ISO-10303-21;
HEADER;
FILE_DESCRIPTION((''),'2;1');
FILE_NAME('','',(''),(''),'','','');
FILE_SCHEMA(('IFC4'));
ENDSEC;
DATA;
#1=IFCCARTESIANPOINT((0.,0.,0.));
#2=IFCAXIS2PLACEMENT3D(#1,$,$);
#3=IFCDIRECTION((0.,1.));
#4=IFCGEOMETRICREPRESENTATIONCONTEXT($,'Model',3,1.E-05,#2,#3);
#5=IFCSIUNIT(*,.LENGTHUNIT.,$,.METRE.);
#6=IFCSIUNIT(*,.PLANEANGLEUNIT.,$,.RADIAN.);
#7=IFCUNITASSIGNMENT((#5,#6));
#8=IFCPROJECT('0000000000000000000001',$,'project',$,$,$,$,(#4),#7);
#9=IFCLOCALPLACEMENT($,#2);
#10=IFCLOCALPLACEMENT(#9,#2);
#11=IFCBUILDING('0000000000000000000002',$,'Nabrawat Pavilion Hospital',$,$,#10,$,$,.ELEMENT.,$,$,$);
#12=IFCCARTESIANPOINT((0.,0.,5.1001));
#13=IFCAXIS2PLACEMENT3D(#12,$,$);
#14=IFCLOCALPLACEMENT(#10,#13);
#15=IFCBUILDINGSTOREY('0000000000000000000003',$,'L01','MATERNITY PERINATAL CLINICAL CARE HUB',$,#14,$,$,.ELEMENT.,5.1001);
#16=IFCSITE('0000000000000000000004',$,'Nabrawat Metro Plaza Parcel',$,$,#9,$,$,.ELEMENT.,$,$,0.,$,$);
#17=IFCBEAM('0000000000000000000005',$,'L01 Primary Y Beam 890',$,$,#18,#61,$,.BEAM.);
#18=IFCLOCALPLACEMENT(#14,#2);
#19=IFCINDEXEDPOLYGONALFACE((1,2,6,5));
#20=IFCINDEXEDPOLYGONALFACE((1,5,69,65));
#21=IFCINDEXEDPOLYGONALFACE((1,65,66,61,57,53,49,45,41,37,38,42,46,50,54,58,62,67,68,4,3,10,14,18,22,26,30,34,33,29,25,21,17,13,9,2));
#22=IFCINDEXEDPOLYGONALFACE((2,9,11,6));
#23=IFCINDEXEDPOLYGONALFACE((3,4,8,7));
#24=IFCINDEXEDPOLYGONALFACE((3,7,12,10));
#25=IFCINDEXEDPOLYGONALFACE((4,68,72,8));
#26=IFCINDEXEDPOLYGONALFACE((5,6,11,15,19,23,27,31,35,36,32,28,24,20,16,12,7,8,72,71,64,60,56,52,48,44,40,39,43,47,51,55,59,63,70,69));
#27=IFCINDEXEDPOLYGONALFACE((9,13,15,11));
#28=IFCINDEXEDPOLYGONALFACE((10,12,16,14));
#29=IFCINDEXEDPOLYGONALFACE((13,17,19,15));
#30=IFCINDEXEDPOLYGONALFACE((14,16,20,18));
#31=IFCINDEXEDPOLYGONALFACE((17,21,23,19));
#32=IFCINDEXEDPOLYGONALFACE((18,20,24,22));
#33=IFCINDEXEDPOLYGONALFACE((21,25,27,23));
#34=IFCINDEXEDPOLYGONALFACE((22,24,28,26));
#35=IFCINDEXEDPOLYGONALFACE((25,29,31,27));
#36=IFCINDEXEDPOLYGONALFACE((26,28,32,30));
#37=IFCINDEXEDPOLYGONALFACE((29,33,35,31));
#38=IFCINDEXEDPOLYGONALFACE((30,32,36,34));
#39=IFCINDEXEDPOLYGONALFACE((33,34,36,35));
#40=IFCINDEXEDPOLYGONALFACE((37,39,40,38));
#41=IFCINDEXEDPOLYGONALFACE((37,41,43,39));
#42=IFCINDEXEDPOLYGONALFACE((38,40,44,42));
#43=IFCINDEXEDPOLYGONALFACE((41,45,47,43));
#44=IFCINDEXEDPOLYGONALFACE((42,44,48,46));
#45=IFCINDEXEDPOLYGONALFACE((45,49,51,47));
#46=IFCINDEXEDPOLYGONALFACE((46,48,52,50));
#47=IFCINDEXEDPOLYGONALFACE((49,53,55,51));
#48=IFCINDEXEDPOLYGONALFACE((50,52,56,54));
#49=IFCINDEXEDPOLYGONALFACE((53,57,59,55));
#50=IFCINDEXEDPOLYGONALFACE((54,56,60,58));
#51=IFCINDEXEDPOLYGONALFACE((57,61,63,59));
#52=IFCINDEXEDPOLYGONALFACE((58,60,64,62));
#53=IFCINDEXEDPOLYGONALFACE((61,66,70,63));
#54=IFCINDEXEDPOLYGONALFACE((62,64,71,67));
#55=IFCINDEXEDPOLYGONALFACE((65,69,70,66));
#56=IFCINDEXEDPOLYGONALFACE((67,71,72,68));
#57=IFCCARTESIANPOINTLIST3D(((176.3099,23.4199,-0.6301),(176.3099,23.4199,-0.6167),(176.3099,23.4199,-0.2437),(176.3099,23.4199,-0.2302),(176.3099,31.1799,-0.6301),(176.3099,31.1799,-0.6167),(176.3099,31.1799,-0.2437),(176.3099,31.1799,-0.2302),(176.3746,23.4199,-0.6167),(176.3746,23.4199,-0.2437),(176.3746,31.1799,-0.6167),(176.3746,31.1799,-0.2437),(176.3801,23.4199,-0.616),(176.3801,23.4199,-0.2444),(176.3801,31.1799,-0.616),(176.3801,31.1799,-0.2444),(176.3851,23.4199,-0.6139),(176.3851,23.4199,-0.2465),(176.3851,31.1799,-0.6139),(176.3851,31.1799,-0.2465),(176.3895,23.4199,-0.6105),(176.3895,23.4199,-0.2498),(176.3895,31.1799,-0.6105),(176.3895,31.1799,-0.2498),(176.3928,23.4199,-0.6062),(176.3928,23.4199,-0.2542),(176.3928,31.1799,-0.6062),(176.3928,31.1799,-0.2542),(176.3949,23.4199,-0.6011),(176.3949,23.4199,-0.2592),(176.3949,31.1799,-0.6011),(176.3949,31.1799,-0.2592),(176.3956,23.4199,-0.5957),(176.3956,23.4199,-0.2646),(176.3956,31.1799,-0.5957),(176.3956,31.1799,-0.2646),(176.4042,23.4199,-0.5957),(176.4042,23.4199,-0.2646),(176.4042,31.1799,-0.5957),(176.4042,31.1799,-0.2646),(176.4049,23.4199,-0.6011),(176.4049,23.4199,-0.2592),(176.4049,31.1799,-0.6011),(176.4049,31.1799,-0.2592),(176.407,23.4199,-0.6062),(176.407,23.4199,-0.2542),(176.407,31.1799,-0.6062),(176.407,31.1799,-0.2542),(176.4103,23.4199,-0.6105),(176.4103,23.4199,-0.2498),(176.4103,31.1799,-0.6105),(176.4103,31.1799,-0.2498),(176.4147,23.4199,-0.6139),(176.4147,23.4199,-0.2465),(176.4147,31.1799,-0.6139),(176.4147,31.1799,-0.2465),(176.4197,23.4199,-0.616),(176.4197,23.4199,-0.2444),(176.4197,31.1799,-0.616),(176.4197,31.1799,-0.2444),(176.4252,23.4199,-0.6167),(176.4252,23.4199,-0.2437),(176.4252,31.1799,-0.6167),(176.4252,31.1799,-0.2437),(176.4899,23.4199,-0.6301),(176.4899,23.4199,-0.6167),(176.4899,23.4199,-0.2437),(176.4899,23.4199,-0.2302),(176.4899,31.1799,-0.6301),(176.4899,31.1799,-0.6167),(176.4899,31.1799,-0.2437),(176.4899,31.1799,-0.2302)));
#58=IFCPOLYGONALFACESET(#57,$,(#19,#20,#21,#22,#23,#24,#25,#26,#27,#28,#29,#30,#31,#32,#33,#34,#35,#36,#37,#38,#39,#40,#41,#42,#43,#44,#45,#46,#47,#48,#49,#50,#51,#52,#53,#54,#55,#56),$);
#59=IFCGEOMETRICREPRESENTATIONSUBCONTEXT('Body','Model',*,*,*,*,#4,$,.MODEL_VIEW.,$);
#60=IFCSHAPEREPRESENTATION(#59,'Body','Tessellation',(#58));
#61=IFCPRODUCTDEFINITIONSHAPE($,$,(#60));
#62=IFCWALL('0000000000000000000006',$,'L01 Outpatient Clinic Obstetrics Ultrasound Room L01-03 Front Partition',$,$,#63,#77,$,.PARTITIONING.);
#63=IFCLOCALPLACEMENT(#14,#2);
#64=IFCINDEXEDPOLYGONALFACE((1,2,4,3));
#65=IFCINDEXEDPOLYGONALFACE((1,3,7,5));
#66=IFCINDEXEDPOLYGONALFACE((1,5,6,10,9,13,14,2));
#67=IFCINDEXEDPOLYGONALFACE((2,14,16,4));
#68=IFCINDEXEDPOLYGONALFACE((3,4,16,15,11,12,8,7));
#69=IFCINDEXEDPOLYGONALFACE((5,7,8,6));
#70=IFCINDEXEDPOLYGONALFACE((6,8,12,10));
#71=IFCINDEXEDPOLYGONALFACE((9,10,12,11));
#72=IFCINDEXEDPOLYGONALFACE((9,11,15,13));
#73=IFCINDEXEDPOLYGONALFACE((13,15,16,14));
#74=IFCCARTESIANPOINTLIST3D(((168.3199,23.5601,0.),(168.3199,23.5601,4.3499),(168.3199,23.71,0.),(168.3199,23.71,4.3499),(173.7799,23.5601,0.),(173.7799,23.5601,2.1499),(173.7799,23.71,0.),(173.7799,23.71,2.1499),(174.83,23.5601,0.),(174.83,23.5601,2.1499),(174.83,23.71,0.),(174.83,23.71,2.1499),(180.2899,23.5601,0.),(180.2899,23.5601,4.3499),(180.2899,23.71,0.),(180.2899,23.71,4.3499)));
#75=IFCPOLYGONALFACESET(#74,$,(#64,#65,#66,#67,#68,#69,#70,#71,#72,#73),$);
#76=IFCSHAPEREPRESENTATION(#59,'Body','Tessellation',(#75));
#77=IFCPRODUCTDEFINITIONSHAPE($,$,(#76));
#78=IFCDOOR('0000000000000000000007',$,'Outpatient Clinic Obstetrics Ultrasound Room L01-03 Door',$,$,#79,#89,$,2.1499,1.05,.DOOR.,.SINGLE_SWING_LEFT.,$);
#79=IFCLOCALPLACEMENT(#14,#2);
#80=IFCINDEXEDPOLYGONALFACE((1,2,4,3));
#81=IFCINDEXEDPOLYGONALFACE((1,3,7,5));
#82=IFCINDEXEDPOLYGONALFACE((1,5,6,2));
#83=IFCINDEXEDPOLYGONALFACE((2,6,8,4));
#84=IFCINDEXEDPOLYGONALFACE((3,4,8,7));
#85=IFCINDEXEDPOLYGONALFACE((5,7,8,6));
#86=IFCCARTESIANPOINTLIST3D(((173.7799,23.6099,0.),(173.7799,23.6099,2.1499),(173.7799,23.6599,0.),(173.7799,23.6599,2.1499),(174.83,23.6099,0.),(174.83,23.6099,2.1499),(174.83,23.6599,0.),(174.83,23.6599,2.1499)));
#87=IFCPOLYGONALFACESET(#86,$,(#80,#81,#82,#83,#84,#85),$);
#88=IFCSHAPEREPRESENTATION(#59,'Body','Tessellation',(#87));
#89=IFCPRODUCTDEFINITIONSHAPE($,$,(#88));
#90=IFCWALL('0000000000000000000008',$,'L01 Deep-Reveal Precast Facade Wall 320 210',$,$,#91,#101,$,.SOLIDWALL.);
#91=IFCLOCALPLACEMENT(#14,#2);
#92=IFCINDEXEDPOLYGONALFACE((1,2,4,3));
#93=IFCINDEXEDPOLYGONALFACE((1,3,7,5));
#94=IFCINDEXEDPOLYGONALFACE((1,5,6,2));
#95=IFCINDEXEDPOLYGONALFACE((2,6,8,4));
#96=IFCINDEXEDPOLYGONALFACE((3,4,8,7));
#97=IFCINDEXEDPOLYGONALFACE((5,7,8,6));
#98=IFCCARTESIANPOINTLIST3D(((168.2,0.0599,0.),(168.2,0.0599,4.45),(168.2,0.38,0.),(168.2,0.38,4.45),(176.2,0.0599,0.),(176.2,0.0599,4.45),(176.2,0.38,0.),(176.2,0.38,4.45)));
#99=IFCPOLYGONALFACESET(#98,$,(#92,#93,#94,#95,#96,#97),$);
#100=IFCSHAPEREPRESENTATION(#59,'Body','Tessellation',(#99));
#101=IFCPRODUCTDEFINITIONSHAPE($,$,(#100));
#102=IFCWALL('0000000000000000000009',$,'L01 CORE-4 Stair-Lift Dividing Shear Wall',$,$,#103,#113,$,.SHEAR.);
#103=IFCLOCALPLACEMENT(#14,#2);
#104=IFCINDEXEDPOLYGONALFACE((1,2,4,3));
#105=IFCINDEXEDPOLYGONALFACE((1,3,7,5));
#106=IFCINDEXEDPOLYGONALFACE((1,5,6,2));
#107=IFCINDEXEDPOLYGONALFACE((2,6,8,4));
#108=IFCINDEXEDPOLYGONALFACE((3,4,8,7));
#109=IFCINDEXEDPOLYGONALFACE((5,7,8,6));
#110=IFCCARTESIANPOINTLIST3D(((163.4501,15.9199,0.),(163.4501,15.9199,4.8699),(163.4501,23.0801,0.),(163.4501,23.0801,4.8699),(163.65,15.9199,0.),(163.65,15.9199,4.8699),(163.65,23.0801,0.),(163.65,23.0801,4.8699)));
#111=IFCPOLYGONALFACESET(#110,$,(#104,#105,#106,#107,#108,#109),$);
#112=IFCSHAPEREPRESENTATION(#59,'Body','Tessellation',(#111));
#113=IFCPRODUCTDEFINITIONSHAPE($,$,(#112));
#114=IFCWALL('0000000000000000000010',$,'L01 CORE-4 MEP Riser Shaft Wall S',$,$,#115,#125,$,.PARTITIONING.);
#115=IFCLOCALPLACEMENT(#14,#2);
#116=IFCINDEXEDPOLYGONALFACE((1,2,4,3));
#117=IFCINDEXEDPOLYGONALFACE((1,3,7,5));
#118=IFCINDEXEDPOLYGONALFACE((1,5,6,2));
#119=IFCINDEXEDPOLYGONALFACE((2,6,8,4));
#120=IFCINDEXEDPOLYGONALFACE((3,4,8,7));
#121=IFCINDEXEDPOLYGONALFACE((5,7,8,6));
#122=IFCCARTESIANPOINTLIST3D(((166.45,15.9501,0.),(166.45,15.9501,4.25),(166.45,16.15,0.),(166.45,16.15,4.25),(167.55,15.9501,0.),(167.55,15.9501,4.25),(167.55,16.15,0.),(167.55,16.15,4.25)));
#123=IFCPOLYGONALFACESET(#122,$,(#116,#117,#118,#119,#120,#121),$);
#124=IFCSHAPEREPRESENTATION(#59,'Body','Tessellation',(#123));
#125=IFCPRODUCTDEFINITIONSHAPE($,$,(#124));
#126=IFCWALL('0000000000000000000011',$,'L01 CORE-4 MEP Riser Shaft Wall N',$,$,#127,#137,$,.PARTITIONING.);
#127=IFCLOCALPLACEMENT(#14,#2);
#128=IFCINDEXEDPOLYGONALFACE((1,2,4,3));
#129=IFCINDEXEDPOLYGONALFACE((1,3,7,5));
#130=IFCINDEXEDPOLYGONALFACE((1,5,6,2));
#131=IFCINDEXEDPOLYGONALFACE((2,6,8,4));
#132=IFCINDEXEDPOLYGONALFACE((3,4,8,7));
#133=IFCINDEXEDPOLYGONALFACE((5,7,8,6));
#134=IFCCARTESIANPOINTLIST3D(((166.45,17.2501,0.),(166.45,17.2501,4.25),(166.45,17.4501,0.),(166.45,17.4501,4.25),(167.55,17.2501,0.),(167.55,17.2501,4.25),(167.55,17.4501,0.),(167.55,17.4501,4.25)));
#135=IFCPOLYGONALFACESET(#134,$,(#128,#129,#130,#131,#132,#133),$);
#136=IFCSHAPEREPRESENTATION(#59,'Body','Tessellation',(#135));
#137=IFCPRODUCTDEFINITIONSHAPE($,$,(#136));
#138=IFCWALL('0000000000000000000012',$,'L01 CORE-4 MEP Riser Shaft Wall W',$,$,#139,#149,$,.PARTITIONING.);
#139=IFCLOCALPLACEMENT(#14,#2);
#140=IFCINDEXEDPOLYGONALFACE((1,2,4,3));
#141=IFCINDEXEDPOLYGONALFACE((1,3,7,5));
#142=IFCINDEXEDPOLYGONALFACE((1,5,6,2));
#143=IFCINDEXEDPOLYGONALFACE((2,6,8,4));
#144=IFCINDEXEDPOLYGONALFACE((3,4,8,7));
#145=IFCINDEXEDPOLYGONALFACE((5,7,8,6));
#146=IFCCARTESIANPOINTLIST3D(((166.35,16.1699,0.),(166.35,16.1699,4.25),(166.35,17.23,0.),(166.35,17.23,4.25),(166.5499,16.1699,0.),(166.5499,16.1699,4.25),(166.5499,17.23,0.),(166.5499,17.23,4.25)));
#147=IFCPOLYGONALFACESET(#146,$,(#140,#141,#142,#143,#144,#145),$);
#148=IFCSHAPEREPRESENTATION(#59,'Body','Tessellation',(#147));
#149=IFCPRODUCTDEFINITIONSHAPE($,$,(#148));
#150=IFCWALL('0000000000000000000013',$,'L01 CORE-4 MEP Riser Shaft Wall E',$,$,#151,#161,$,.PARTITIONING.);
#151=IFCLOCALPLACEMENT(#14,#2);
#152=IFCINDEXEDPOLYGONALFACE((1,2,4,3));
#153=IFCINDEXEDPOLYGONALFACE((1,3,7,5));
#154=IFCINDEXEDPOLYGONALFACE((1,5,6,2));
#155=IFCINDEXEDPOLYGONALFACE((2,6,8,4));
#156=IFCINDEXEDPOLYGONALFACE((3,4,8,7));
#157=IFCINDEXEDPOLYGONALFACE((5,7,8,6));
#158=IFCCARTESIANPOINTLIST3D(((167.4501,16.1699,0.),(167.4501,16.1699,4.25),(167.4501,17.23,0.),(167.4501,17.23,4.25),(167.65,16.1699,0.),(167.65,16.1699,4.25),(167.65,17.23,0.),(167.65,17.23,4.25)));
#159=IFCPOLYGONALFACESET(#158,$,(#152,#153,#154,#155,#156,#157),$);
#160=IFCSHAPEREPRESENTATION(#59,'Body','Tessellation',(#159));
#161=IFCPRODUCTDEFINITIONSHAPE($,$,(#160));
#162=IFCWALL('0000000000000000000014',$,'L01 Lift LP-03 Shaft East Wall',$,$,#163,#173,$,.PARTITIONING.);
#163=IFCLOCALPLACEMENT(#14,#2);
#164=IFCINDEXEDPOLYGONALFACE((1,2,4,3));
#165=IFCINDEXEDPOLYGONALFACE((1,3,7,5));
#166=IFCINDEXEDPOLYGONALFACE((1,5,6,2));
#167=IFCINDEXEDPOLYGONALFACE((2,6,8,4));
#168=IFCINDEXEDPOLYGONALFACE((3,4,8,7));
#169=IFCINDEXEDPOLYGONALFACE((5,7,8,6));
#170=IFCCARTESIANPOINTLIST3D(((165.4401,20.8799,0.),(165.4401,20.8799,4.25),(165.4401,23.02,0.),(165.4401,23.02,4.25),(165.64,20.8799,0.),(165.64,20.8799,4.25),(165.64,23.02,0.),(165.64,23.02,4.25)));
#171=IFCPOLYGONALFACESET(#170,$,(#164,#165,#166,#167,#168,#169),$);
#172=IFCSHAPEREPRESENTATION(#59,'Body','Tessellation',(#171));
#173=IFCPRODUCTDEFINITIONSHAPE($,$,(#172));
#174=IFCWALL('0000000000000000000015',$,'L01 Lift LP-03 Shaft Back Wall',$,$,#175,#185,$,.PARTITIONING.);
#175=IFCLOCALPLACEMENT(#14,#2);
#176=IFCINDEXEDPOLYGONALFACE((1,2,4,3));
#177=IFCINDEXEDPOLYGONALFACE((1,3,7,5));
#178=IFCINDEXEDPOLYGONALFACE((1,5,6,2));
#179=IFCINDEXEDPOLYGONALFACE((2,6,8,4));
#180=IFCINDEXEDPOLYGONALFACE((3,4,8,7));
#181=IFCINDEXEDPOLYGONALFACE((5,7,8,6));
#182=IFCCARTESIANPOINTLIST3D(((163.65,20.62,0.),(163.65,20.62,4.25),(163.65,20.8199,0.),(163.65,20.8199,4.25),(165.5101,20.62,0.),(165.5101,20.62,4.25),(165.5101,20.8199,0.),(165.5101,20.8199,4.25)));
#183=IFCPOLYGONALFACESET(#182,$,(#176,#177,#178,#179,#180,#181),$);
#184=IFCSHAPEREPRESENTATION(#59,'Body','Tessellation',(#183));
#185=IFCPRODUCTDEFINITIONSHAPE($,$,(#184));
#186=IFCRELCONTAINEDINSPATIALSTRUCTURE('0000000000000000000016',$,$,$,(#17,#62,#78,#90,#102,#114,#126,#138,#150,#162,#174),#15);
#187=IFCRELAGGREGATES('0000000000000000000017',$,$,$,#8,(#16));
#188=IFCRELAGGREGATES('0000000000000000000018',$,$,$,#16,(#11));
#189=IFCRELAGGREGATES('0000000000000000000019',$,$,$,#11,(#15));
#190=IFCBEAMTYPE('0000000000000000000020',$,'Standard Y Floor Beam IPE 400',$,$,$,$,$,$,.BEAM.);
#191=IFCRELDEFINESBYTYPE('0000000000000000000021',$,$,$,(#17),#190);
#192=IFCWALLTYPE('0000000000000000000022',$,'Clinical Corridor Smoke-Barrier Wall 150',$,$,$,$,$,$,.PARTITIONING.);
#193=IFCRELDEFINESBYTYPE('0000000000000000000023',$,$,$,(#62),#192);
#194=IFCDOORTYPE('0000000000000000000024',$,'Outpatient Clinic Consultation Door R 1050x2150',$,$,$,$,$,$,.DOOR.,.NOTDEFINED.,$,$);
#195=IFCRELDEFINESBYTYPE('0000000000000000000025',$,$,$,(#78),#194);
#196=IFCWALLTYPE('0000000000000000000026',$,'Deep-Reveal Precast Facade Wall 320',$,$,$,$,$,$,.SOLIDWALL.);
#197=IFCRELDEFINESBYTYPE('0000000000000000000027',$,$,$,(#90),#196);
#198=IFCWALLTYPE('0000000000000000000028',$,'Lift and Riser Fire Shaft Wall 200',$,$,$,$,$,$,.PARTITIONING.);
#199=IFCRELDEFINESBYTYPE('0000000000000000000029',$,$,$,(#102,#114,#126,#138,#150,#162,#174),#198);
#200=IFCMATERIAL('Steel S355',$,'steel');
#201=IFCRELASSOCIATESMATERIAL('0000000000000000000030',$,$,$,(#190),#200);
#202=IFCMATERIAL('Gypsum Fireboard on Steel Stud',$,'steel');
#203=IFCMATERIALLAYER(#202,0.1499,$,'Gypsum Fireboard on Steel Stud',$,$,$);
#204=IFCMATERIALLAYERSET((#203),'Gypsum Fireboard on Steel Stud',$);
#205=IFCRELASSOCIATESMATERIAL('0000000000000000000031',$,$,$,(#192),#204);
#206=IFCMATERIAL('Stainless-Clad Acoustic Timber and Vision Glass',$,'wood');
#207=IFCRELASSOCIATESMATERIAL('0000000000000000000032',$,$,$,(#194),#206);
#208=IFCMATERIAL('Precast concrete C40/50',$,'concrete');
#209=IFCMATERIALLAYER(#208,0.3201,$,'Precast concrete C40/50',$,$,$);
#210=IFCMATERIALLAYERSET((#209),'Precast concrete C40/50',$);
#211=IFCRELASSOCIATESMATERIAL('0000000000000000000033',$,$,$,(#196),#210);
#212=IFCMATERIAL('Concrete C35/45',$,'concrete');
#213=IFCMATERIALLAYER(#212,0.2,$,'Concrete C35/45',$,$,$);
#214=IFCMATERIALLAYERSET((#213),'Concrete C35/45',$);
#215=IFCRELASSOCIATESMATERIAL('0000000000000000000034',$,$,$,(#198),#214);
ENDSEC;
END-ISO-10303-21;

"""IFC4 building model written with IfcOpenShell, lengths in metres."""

from ifc_helpers import new_model, si_unit, direction, frame, frame_2d, origin, origin_2d, place, context, subcontext, project, spatial, rectangle, i_section, extrude, material, layer, layer_set, material_profile, profile_set, type_object, element, fill, save


model = new_model("IFC4")

# Units and contexts
model_context = context("Model", 3, precision=1e-05, world=origin(), true_north=direction((0.0, 1.0)))
body_context = subcontext(model_context, "Body", "Model", "MODEL_VIEW")
ifc_project = project(units=[si_unit("LENGTHUNIT", "METRE"), si_unit("PLANEANGLEUNIT", "RADIAN")], contexts=[model_context])

# Site, building, storey
site_placement = place(None, origin())
site = spatial("IfcSite", under=ifc_project, at=site_placement, Name="Nabrawat Metro Plaza Parcel", CompositionType="ELEMENT", RefElevation=0.0)
building_placement = place(site_placement, origin())
building = spatial("IfcBuilding", under=site, at=building_placement, Name="Nabrawat Pavilion Hospital", CompositionType="ELEMENT")
storey_placement = place(building_placement, frame((0.0, 0.0, 5.1001)))
storey = spatial("IfcBuildingStorey", under=building, at=storey_placement, Name="L01", Description="MATERNITY PERINATAL CLINICAL CARE HUB", CompositionType="ELEMENT", Elevation=5.1001)

# Shared definitions
ifc_material_1 = material(Name="Steel S355", Category="steel")

# Beam
ifc_material_profile_1 = material_profile(ifc_material_1, i_section(OverallWidth=0.1799, OverallDepth=0.3999, WebThickness=0.0085, FlangeThickness=0.0134, FilletRadius=0.021, at=origin_2d()), Name="IPE 400")
ifc_profile_set_1 = profile_set([ifc_material_profile_1], Name="Steel S355")
beam_type_1 = type_object("IfcBeamType", Name="Standard Y Floor Beam IPE 400", PredefinedType="BEAM", material=ifc_profile_set_1)
beam_1_placement = place(storey_placement, frame((176.3999, 23.4199, -0.4302), z_axis=(0.0, 1.0, 0.0), x_axis=(-1.0, 0.0, 0.0)))
element("IfcBeam", 1, at=beam_1_placement, inside=storey, type_object=beam_type_1, Name="L01 Primary Y Beam 890", PredefinedType="BEAM", context=body_context, shape_type="SweptSolid", body=[
    extrude(i_section(OverallWidth=0.1799, OverallDepth=0.3999, WebThickness=0.0085, FlangeThickness=0.0134, FilletRadius=0.021, at=origin_2d()), origin(), (0.0, 0.0, 1.0), 7.76),
])

# Wall, opening, door
ifc_material_2 = material(Name="Gypsum Fireboard on Steel Stud", Category="steel")
ifc_layer_1 = layer(ifc_material_2, 0.1499, Name="Gypsum Fireboard on Steel Stud")
ifc_layer_set_1 = layer_set([ifc_layer_1], Name="Gypsum Fireboard on Steel Stud")
wall_type_1 = type_object("IfcWallType", Name="Clinical Corridor Smoke-Barrier Wall 150", PredefinedType="PARTITIONING", material=ifc_layer_set_1)
wall_1_placement = place(storey_placement, frame((168.3201, 23.635, 0.0), z_axis=(0.0, 0.0, 1.0), x_axis=(1.0, 0.0, 0.0)))
wall_1 = element("IfcWall", 2, at=wall_1_placement, inside=storey, type_object=wall_type_1, Name="L01 Outpatient Clinic Obstetrics Ultrasound Room L01-03 Front Partition", PredefinedType="PARTITIONING", context=body_context, shape_type="SweptSolid", body=[
    extrude(rectangle(XDim=11.97, YDim=0.1499, at=frame_2d((5.9849, 0.0))), origin(), (0.0, 0.0, 1.0), 4.3499),
])
opening_placement = place(wall_1_placement, frame((5.46, 0.0, 0.0)))
opening = element("IfcOpeningElement", 3, at=opening_placement, cuts=wall_1, PredefinedType="OPENING", context=body_context, shape_type="SweptSolid", body=[
    extrude(rectangle(XDim=1.05, YDim=2.1499, at=frame_2d((0.5249, 1.075))), frame((0.0, 0.085, 0.0), z_axis=(0.0, -1.0, 0.0), x_axis=(1.0, 0.0, 0.0)), (0.0, 0.0, 1.0), 0.1699),
])
ifc_material_3 = material(Name="Stainless-Clad Acoustic Timber and Vision Glass", Category="wood")
door_type = type_object("IfcDoorType", Name="Outpatient Clinic Consultation Door R 1050x2150", OperationType="NOTDEFINED", PredefinedType="DOOR", material=ifc_material_3)
door_placement = place(opening_placement, origin())
door = element("IfcDoor", 4, at=door_placement, inside=storey, type_object=door_type, Name="Outpatient Clinic Obstetrics Ultrasound Room L01-03 Door", OperationType="SINGLE_SWING_LEFT", OverallHeight=2.1499, OverallWidth=1.05, PredefinedType="DOOR", context=body_context, shape_type="SweptSolid", body=[
    extrude(rectangle(XDim=1.05, YDim=2.1499, at=frame_2d((0.5249, 1.075))), frame((0.0, 0.0249, 0.0), z_axis=(0.0, -1.0, 0.0), x_axis=(1.0, 0.0, 0.0)), (0.0, 0.0, 1.0), 0.05),
])
fill(opening, door)

# Walls
ifc_material_4 = material(Name="Precast concrete C40/50", Category="concrete")
ifc_layer_2 = layer(ifc_material_4, 0.3201, Name="Precast concrete C40/50")
ifc_layer_set_2 = layer_set([ifc_layer_2], Name="Precast concrete C40/50")
wall_type_2 = type_object("IfcWallType", Name="Deep-Reveal Precast Facade Wall 320", PredefinedType="SOLIDWALL", material=ifc_layer_set_2)
wall_2_placement = place(storey_placement, frame((168.2, 0.22, 0.0), z_axis=(0.0, 0.0, 1.0), x_axis=(1.0, 0.0, 0.0)))
element("IfcWall", 5, at=wall_2_placement, inside=storey, type_object=wall_type_2, Name="L01 Deep-Reveal Precast Facade Wall 320 210", PredefinedType="SOLIDWALL", context=body_context, shape_type="SweptSolid", body=[
    extrude(rectangle(XDim=8.0, YDim=0.3201, at=frame_2d((4.0, 0.0))), origin(), (0.0, 0.0, 1.0), 4.45),
])
ifc_material_5 = material(Name="Concrete C35/45", Category="concrete")
ifc_layer_3 = layer(ifc_material_5, 0.2, Name="Concrete C35/45")
ifc_layer_set_3 = layer_set([ifc_layer_3], Name="Concrete C35/45")
wall_type_3 = type_object("IfcWallType", Name="Lift and Riser Fire Shaft Wall 200", PredefinedType="PARTITIONING", material=ifc_layer_set_3)
wall_3_placement = place(storey_placement, frame((163.55, 15.9199, 0.0), z_axis=(0.0, 0.0, 1.0), x_axis=(0.0, 1.0, 0.0)))
element("IfcWall", 6, at=wall_3_placement, inside=storey, type_object=wall_type_3, Name="L01 CORE-4 Stair-Lift Dividing Shear Wall", PredefinedType="SHEAR", context=body_context, shape_type="SweptSolid", body=[
    extrude(rectangle(XDim=7.1602, YDim=0.2, at=frame_2d((3.5801, 0.0))), origin(), (0.0, 0.0, 1.0), 4.8699),
])
for number, where, z_axis, x_axis, name in (
    (7, (166.45, 16.05, 0.0), (0.0, 0.0, 1.0), (1.0, 0.0, 0.0), "L01 CORE-4 MEP Riser Shaft Wall S"),
    (8, (166.45, 17.3501, 0.0), (0.0, 0.0, 1.0), (1.0, 0.0, 0.0), "L01 CORE-4 MEP Riser Shaft Wall N"),
):
    element("IfcWall", number, at=place(storey_placement, frame(where, z_axis=z_axis, x_axis=x_axis)), inside=storey, type_object=wall_type_3, Name=name, PredefinedType="PARTITIONING", context=body_context, shape_type="SweptSolid", body=[
        extrude(rectangle(XDim=1.1001, YDim=0.2, at=frame_2d((0.55, 0.0))), origin(), (0.0, 0.0, 1.0), 4.25),
    ])
for number, where, z_axis, x_axis, name in (
    (9, (166.45, 16.1699, 0.0), (0.0, 0.0, 1.0), (0.0, 1.0, 0.0), "L01 CORE-4 MEP Riser Shaft Wall W"),
    (10, (167.55, 16.1699, 0.0), (0.0, 0.0, 1.0), (0.0, 1.0, 0.0), "L01 CORE-4 MEP Riser Shaft Wall E"),
):
    element("IfcWall", number, at=place(storey_placement, frame(where, z_axis=z_axis, x_axis=x_axis)), inside=storey, type_object=wall_type_3, Name=name, PredefinedType="PARTITIONING", context=body_context, shape_type="SweptSolid", body=[
        extrude(rectangle(XDim=1.0601, YDim=0.2, at=frame_2d((0.53, 0.0))), origin(), (0.0, 0.0, 1.0), 4.25),
    ])
wall_4_placement = place(storey_placement, frame((165.54, 20.8799, 0.0), z_axis=(0.0, 0.0, 1.0), x_axis=(0.0, 1.0, 0.0)))
element("IfcWall", 11, at=wall_4_placement, inside=storey, type_object=wall_type_3, Name="L01 Lift LP-03 Shaft East Wall", PredefinedType="PARTITIONING", context=body_context, shape_type="SweptSolid", body=[
    extrude(rectangle(XDim=2.1401, YDim=0.2, at=frame_2d((1.0701, 0.0))), origin(), (0.0, 0.0, 1.0), 4.25),
])
wall_5_placement = place(storey_placement, frame((163.6499, 20.72, 0.0), z_axis=(0.0, 0.0, 1.0), x_axis=(1.0, 0.0, 0.0)))
element("IfcWall", 12, at=wall_5_placement, inside=storey, type_object=wall_type_3, Name="L01 Lift LP-03 Shaft Back Wall", PredefinedType="PARTITIONING", context=body_context, shape_type="SweptSolid", body=[
    extrude(rectangle(XDim=1.8601, YDim=0.2, at=frame_2d((0.9302, 0.0))), origin(), (0.0, 0.0, 1.0), 4.25),
])

save(model, "model.ifc")
